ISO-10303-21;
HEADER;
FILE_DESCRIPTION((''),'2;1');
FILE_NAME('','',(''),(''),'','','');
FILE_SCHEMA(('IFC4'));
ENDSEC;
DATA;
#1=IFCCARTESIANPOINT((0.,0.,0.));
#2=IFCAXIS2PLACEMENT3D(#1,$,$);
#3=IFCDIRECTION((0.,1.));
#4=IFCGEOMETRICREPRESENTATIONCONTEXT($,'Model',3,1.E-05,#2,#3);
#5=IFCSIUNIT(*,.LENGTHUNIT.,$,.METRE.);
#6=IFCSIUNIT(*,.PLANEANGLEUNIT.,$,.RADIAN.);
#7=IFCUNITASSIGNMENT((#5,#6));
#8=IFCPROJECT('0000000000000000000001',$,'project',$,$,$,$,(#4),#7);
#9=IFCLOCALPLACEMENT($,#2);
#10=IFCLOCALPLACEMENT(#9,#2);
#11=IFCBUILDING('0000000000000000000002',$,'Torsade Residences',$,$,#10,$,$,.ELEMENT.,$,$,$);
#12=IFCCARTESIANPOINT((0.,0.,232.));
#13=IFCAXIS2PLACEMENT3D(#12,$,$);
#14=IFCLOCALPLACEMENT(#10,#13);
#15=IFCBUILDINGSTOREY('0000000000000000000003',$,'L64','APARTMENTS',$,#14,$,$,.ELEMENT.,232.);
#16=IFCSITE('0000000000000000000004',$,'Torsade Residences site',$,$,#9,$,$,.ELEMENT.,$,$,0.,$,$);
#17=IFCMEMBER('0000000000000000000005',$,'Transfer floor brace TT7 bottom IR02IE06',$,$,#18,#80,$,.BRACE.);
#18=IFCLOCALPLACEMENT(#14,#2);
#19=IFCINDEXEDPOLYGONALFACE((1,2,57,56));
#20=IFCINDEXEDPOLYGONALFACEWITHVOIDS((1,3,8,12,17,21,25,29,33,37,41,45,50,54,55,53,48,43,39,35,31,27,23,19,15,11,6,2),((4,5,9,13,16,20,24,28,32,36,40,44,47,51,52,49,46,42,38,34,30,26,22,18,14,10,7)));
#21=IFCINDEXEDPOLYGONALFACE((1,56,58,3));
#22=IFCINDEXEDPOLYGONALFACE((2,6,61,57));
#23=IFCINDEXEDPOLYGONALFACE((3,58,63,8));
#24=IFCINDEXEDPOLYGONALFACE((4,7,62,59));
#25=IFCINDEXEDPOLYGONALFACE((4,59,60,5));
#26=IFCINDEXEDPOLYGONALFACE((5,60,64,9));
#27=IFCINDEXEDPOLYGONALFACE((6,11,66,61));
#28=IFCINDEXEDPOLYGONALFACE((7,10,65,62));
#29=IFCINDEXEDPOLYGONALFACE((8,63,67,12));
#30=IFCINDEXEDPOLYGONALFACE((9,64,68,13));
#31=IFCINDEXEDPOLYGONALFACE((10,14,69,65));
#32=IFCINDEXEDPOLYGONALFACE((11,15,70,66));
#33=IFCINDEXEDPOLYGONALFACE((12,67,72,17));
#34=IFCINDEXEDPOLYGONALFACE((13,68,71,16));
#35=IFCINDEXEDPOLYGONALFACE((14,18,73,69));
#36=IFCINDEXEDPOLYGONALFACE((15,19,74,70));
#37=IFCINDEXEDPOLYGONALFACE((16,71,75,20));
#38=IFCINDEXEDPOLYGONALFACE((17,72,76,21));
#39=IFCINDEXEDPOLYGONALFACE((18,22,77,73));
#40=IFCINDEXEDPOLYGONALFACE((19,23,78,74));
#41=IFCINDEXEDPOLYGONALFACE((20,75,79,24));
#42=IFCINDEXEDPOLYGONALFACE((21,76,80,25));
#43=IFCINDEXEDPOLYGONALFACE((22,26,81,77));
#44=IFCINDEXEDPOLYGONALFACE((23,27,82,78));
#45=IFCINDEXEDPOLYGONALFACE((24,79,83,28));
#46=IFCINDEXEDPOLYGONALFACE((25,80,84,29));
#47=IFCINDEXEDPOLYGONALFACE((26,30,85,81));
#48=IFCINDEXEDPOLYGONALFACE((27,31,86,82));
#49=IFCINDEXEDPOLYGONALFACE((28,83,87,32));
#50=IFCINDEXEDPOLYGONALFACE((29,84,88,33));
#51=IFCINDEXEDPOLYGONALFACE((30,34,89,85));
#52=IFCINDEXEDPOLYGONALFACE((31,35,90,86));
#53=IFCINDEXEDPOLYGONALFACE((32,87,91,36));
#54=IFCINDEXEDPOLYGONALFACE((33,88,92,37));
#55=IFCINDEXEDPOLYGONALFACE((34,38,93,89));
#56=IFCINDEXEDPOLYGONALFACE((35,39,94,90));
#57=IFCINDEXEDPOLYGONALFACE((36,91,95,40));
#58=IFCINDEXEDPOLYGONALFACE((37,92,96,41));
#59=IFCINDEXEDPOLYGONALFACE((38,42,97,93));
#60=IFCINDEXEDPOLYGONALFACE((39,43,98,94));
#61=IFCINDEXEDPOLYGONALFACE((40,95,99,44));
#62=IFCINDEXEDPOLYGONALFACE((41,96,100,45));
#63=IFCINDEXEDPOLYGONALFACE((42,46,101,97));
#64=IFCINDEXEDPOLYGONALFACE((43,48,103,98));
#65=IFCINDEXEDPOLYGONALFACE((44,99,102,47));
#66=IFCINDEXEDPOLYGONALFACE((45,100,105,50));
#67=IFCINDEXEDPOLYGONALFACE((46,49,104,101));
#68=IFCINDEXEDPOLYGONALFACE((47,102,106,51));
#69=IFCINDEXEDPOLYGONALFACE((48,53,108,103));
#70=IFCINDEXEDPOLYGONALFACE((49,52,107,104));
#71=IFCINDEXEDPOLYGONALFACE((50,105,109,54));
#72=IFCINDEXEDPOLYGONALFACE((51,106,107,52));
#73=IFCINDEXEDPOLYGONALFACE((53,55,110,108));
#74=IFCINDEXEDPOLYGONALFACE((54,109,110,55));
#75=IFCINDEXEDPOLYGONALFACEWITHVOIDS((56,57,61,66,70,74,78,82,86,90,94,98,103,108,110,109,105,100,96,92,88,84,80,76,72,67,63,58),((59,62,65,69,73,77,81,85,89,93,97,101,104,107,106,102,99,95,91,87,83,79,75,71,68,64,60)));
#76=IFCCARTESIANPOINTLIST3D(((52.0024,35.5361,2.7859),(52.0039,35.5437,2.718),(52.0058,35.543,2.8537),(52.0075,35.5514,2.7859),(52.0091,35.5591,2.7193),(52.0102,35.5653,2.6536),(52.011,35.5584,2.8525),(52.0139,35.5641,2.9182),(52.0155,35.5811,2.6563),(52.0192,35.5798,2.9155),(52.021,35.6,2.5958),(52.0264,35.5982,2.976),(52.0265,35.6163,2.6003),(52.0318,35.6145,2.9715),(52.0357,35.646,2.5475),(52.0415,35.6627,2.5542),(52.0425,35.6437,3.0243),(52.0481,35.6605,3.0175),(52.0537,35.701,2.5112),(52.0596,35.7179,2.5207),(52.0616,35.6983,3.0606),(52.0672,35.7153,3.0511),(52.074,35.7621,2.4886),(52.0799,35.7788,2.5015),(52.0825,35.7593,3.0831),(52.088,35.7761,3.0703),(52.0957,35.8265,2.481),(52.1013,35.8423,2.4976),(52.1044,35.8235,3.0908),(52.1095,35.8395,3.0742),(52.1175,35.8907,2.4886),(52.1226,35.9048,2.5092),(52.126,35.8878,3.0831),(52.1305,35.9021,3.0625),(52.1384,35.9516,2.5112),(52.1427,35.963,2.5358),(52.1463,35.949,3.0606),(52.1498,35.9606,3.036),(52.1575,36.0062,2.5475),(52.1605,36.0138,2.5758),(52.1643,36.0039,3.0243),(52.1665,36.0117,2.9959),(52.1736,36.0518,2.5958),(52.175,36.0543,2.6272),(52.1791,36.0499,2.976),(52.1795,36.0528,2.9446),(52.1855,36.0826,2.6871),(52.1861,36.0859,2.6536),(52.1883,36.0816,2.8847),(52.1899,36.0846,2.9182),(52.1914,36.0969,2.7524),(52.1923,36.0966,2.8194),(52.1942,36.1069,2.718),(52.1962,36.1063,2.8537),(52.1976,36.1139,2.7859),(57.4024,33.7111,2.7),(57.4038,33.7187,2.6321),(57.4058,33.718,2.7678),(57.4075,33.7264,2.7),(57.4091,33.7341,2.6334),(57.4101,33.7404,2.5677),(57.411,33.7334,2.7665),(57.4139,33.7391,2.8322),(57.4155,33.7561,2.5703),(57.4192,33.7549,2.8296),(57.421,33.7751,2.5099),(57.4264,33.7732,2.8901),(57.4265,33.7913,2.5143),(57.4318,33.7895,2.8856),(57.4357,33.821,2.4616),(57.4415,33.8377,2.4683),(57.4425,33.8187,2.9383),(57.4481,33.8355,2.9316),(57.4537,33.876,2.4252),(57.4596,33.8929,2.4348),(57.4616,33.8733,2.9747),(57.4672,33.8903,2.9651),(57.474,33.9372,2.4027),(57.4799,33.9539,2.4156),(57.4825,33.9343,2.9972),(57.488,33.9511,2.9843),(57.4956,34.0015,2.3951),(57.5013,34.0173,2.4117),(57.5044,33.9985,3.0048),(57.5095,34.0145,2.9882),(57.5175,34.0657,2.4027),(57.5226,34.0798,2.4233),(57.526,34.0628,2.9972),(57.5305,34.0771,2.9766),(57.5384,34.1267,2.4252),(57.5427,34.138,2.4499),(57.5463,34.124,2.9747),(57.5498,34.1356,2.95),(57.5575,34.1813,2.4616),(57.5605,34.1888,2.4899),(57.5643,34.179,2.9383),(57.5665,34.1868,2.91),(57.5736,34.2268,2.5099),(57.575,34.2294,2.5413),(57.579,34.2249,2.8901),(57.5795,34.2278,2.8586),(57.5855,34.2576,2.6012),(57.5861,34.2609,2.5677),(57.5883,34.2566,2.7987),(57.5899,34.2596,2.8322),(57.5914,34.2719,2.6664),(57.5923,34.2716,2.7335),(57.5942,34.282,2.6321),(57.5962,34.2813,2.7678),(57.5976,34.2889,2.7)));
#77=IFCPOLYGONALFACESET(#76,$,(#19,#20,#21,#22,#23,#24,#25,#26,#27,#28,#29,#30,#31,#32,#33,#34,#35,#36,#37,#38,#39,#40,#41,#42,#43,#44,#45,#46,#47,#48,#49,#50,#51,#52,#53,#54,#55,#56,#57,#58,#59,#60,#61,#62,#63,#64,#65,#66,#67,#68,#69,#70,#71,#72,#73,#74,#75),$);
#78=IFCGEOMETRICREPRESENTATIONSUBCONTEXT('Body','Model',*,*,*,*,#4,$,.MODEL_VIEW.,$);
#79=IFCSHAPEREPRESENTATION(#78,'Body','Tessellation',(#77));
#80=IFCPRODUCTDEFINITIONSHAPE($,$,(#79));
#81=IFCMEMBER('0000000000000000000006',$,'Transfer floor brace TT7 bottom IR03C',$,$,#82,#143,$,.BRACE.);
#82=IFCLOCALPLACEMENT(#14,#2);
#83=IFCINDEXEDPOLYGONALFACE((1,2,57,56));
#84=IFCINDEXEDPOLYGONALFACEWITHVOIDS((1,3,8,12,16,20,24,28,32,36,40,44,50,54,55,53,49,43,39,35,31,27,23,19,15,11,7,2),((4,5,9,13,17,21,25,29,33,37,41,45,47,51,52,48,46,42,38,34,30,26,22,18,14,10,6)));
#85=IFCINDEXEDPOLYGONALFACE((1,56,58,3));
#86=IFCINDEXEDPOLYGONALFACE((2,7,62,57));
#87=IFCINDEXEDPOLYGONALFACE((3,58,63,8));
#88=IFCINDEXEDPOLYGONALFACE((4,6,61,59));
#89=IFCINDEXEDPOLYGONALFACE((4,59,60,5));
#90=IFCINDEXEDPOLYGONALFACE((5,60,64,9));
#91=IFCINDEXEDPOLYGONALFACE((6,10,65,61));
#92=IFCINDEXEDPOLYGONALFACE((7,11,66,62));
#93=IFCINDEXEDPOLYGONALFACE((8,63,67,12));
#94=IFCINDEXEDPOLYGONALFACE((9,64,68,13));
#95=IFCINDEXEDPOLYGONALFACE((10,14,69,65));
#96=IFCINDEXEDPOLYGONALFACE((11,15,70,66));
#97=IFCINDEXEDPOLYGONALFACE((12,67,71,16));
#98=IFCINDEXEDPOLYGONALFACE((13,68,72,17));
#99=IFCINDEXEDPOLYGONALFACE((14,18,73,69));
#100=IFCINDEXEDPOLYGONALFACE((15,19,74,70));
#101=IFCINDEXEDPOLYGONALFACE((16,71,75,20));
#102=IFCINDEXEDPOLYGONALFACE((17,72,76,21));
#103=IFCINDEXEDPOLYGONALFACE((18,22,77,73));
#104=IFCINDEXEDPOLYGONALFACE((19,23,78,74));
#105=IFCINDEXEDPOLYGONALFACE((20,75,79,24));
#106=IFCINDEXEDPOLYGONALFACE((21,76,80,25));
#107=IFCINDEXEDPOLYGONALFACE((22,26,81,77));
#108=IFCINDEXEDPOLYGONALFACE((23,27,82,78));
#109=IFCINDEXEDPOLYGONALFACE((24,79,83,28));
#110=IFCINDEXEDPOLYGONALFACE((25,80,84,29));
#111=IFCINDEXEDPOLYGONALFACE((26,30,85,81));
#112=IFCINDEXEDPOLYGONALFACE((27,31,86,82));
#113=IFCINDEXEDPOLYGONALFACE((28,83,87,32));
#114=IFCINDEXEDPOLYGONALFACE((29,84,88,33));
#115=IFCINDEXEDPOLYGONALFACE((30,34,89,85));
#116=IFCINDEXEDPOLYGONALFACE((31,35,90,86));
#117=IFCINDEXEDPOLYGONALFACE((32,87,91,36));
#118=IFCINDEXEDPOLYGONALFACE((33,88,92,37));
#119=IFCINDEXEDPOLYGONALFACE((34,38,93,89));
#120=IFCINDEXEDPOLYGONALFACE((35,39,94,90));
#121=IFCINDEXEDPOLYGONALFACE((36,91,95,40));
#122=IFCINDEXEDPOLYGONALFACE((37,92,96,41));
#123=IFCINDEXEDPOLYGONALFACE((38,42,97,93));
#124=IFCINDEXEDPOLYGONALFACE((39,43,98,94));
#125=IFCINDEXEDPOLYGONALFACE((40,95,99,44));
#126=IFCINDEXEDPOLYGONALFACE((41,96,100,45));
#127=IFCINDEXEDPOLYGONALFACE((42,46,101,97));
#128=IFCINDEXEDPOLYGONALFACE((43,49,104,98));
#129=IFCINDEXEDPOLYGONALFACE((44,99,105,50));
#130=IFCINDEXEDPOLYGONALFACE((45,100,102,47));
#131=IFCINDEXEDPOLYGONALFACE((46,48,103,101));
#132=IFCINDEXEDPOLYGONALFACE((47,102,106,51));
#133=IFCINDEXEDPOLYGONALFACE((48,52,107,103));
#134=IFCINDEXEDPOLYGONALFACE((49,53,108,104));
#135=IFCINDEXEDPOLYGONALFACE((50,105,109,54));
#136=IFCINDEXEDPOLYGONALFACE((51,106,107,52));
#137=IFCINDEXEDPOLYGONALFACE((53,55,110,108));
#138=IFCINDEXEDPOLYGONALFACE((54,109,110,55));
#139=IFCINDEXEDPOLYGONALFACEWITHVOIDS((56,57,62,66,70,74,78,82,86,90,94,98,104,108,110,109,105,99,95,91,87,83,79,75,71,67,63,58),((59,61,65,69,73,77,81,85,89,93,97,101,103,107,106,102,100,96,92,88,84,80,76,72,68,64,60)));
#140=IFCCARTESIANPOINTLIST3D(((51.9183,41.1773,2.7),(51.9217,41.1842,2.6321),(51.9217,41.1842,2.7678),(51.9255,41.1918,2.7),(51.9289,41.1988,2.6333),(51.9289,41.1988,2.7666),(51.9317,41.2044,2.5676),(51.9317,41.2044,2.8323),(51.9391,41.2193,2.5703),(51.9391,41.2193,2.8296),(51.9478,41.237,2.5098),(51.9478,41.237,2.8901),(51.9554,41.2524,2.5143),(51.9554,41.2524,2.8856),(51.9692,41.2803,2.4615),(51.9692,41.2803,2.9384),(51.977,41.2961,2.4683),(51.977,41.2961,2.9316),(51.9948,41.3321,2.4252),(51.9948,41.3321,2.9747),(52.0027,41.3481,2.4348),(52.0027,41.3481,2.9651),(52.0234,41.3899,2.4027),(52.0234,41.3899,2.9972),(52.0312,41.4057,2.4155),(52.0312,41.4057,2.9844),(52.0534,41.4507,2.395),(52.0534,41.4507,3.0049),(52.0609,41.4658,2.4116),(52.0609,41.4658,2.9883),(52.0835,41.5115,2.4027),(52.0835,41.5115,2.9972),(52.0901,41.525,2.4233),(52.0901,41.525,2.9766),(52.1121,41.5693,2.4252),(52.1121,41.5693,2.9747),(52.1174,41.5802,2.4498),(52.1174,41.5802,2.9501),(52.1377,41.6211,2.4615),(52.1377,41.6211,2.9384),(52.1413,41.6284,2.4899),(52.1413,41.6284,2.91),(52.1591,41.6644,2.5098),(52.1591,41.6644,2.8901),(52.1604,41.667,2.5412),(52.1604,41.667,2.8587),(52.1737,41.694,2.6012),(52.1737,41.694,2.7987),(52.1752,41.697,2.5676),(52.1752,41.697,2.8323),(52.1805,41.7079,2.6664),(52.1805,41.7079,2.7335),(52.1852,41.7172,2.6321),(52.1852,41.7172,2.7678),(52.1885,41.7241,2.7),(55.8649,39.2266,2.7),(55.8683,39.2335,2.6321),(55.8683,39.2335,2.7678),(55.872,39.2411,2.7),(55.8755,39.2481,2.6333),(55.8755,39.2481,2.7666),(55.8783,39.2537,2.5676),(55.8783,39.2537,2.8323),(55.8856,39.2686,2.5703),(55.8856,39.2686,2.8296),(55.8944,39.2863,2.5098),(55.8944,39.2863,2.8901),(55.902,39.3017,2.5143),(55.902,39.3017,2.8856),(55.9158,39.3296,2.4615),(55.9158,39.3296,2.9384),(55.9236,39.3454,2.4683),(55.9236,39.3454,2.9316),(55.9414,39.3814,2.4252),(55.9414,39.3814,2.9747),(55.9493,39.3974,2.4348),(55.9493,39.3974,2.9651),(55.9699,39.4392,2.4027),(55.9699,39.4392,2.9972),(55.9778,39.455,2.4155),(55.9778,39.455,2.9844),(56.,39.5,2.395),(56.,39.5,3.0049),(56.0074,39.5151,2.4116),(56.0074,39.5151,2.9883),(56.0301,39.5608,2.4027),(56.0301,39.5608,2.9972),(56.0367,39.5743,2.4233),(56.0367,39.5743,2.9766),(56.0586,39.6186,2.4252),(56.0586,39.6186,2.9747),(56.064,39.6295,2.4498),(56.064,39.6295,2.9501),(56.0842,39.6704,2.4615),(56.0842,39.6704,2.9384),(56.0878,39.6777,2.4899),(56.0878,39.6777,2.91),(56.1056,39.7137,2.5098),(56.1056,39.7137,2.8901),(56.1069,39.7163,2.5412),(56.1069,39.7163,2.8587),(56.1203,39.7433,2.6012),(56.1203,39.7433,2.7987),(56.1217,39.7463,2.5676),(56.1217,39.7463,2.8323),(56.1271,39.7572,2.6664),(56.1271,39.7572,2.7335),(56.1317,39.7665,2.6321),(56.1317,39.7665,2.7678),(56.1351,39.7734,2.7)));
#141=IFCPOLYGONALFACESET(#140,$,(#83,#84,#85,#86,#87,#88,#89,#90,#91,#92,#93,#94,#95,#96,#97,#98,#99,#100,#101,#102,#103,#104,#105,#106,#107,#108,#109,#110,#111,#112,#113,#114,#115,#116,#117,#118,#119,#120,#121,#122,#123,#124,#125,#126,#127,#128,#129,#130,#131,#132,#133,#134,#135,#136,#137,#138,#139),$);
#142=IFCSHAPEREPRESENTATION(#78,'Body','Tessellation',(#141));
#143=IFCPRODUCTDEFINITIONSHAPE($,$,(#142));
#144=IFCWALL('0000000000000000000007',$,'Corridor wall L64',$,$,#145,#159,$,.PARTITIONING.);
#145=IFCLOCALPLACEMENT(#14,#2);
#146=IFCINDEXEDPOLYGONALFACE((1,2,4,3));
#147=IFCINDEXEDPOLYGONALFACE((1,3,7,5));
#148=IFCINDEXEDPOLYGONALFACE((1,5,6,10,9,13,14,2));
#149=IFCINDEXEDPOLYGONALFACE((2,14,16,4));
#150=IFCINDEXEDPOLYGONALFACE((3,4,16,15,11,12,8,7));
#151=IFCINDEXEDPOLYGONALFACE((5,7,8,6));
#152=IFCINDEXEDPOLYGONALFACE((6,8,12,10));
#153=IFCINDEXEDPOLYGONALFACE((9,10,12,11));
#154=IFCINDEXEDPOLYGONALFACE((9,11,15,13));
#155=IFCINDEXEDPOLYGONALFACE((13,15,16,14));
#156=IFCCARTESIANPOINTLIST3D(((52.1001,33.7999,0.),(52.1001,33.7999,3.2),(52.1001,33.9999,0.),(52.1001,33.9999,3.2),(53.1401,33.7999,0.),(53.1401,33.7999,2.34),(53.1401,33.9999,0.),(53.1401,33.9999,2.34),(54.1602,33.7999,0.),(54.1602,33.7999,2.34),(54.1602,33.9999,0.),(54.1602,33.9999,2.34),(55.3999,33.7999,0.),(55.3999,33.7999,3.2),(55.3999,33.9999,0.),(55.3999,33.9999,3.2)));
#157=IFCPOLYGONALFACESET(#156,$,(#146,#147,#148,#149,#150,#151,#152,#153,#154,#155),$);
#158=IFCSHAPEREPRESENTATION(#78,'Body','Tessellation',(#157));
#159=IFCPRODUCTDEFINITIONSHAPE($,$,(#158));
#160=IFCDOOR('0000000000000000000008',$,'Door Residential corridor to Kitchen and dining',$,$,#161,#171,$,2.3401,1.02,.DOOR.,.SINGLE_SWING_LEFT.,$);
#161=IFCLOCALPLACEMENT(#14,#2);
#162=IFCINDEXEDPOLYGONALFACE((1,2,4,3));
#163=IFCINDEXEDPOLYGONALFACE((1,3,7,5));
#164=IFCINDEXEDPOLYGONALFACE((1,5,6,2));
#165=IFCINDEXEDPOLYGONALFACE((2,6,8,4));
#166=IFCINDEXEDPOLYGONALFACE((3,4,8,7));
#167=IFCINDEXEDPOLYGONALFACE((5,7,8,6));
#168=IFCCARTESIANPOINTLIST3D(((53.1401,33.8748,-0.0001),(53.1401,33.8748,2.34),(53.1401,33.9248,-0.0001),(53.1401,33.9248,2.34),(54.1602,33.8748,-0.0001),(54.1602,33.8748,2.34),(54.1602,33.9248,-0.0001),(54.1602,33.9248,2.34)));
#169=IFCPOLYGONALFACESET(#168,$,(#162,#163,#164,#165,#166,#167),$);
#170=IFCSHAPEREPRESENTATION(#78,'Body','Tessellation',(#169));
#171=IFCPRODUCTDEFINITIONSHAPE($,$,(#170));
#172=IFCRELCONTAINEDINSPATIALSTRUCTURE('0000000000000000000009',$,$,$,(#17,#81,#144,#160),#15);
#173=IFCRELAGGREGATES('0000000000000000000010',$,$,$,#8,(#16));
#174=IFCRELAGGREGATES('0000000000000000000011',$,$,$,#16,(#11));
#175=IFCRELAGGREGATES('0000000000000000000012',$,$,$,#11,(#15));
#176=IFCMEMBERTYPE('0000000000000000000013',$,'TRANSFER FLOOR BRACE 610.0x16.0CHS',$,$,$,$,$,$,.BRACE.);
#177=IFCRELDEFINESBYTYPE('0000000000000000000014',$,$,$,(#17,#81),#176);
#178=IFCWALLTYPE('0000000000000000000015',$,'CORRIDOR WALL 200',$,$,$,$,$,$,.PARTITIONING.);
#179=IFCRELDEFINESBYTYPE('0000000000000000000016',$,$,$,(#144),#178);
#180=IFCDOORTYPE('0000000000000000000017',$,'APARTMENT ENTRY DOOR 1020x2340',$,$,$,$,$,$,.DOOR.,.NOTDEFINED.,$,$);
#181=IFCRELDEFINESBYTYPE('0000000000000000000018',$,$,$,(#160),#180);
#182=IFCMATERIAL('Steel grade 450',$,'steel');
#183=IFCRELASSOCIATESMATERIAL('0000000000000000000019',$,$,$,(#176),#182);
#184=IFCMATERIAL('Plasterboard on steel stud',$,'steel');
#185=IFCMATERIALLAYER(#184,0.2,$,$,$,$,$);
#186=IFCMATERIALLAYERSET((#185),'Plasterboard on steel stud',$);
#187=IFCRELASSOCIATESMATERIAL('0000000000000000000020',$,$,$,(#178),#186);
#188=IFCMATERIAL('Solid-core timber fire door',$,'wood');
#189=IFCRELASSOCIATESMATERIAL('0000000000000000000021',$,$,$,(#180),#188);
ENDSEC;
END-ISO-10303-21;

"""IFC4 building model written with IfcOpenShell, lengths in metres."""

from ifc_helpers import new_model, si_unit, direction, frame, frame_2d, origin, origin_2d, place, context, subcontext, project, spatial, rectangle, hollow_circle, extrude, material, layer, layer_set, material_profile, profile_set, type_object, element, fill, save


model = new_model("IFC4")

# Units and contexts
model_context = context("Model", 3, precision=1e-05, world=origin(), true_north=direction((0.0, 1.0)))
body_context = subcontext(model_context, "Body", "Model", "MODEL_VIEW")
ifc_project = project(units=[si_unit("LENGTHUNIT", "METRE"), si_unit("PLANEANGLEUNIT", "RADIAN")], contexts=[model_context])

# Site, building, storey
site_placement = place(None, origin())
site = spatial("IfcSite", under=ifc_project, at=site_placement, Name="Torsade Residences site", CompositionType="ELEMENT", RefElevation=0.0)
building_placement = place(site_placement, origin())
building = spatial("IfcBuilding", under=site, at=building_placement, Name="Torsade Residences", CompositionType="ELEMENT")
storey_placement = place(building_placement, frame((0.0, 0.0, 232.0)))
storey = spatial("IfcBuildingStorey", under=building, at=storey_placement, Name="L64", Description="APARTMENTS", CompositionType="ELEMENT", Elevation=232.0)

# Members
ifc_material_1 = material(Name="Steel grade 450", Category="steel")
ifc_material_profile_1 = material_profile(ifc_material_1, hollow_circle(Radius=0.3049, WallThickness=0.0161, at=origin_2d()), Name="610.0x16.0CHS")
ifc_profile_set_1 = profile_set([ifc_material_profile_1], Name="Steel grade 450")
member_type = type_object("IfcMemberType", Name="TRANSFER FLOOR BRACE 610.0x16.0CHS", PredefinedType="BRACE", material=ifc_profile_set_1)
member_1_placement = place(storey_placement, frame((57.5, 34.0, 2.7), z_axis=(-0.947252, 0.320133, 0.015075), x_axis=(-0.32017, -0.94736, 0.0)))
element("IfcMember", 1, at=member_1_placement, inside=storey, type_object=member_type, Name="Transfer floor brace TT7 bottom IR02IE06", PredefinedType="BRACE", context=body_context, shape_type="SweptSolid", body=[
    extrude(hollow_circle(Radius=0.3049, WallThickness=0.0161, at=origin_2d()), origin(), (0.0, 0.0, 1.0), 5.7007),
])
member_2_placement = place(storey_placement, frame((56.0, 39.5, 2.7), z_axis=(-0.89647, 0.443105, 0.0), x_axis=(-0.443105, -0.89647, 0.0)))
element("IfcMember", 2, at=member_2_placement, inside=storey, type_object=member_type, Name="Transfer floor brace TT7 bottom IR03C", PredefinedType="BRACE", context=body_context, shape_type="SweptSolid", body=[
    extrude(hollow_circle(Radius=0.3049, WallThickness=0.0161, at=origin_2d()), origin(), (0.0, 0.0, 1.0), 4.4023),
])

# Wall, opening, door
ifc_material_2 = material(Name="Plasterboard on steel stud", Category="steel")
ifc_layer_1 = layer(ifc_material_2, 0.2)
ifc_layer_set_1 = layer_set([ifc_layer_1], Name="Plasterboard on steel stud")
wall_type_1 = type_object("IfcWallType", Name="CORRIDOR WALL 200", PredefinedType="PARTITIONING", material=ifc_layer_set_1)
wall_1_placement = place(storey_placement, frame((52.1001, 33.8999, 0.0), z_axis=(0.0, 0.0, 1.0), x_axis=(1.0, 0.0, 0.0)))
wall_1 = element("IfcWall", 3, at=wall_1_placement, inside=storey, type_object=wall_type_1, Name="Corridor wall L64", PredefinedType="PARTITIONING", context=body_context, shape_type="SweptSolid", body=[
    extrude(rectangle(XDim=3.2998, YDim=0.2, at=frame_2d((1.6499, 0.0))), origin(), (0.0, 0.0, 1.0), 3.2),
])
opening_1_placement = place(wall_1_placement, frame((1.04, 0.0, 0.0)))
opening_1 = element("IfcOpeningElement", 4, at=opening_1_placement, cuts=wall_1, PredefinedType="OPENING", context=body_context, shape_type="SweptSolid", body=[
    extrude(rectangle(XDim=1.02, YDim=2.3401, at=frame_2d((0.51, 1.1699))), frame((0.0, 0.1099, 0.0), z_axis=(0.0, -1.0, 0.0), x_axis=(1.0, 0.0, 0.0)), (0.0, 0.0, 1.0), 0.22),
])
ifc_material_3 = material(Name="Solid-core timber fire door", Category="wood")
door_type_1 = type_object("IfcDoorType", Name="APARTMENT ENTRY DOOR 1020x2340", OperationType="NOTDEFINED", PredefinedType="DOOR", material=ifc_material_3)
door_1_placement = place(opening_1_placement, origin())
door_1 = element("IfcDoor", 5, at=door_1_placement, inside=storey, type_object=door_type_1, Name="Door Residential corridor to Kitchen and dining", OperationType="SINGLE_SWING_LEFT", OverallHeight=2.3401, OverallWidth=1.02, PredefinedType="DOOR", context=body_context, shape_type="SweptSolid", body=[
    extrude(rectangle(XDim=1.02, YDim=2.3401, at=frame_2d((0.51, 1.1699))), frame((0.0, 0.0249, 0.0), z_axis=(0.0, -1.0, 0.0), x_axis=(1.0, 0.0, 0.0)), (0.0, 0.0, 1.0), 0.05),
])
fill(opening_1, door_1)

save(model, "model.ifc")
